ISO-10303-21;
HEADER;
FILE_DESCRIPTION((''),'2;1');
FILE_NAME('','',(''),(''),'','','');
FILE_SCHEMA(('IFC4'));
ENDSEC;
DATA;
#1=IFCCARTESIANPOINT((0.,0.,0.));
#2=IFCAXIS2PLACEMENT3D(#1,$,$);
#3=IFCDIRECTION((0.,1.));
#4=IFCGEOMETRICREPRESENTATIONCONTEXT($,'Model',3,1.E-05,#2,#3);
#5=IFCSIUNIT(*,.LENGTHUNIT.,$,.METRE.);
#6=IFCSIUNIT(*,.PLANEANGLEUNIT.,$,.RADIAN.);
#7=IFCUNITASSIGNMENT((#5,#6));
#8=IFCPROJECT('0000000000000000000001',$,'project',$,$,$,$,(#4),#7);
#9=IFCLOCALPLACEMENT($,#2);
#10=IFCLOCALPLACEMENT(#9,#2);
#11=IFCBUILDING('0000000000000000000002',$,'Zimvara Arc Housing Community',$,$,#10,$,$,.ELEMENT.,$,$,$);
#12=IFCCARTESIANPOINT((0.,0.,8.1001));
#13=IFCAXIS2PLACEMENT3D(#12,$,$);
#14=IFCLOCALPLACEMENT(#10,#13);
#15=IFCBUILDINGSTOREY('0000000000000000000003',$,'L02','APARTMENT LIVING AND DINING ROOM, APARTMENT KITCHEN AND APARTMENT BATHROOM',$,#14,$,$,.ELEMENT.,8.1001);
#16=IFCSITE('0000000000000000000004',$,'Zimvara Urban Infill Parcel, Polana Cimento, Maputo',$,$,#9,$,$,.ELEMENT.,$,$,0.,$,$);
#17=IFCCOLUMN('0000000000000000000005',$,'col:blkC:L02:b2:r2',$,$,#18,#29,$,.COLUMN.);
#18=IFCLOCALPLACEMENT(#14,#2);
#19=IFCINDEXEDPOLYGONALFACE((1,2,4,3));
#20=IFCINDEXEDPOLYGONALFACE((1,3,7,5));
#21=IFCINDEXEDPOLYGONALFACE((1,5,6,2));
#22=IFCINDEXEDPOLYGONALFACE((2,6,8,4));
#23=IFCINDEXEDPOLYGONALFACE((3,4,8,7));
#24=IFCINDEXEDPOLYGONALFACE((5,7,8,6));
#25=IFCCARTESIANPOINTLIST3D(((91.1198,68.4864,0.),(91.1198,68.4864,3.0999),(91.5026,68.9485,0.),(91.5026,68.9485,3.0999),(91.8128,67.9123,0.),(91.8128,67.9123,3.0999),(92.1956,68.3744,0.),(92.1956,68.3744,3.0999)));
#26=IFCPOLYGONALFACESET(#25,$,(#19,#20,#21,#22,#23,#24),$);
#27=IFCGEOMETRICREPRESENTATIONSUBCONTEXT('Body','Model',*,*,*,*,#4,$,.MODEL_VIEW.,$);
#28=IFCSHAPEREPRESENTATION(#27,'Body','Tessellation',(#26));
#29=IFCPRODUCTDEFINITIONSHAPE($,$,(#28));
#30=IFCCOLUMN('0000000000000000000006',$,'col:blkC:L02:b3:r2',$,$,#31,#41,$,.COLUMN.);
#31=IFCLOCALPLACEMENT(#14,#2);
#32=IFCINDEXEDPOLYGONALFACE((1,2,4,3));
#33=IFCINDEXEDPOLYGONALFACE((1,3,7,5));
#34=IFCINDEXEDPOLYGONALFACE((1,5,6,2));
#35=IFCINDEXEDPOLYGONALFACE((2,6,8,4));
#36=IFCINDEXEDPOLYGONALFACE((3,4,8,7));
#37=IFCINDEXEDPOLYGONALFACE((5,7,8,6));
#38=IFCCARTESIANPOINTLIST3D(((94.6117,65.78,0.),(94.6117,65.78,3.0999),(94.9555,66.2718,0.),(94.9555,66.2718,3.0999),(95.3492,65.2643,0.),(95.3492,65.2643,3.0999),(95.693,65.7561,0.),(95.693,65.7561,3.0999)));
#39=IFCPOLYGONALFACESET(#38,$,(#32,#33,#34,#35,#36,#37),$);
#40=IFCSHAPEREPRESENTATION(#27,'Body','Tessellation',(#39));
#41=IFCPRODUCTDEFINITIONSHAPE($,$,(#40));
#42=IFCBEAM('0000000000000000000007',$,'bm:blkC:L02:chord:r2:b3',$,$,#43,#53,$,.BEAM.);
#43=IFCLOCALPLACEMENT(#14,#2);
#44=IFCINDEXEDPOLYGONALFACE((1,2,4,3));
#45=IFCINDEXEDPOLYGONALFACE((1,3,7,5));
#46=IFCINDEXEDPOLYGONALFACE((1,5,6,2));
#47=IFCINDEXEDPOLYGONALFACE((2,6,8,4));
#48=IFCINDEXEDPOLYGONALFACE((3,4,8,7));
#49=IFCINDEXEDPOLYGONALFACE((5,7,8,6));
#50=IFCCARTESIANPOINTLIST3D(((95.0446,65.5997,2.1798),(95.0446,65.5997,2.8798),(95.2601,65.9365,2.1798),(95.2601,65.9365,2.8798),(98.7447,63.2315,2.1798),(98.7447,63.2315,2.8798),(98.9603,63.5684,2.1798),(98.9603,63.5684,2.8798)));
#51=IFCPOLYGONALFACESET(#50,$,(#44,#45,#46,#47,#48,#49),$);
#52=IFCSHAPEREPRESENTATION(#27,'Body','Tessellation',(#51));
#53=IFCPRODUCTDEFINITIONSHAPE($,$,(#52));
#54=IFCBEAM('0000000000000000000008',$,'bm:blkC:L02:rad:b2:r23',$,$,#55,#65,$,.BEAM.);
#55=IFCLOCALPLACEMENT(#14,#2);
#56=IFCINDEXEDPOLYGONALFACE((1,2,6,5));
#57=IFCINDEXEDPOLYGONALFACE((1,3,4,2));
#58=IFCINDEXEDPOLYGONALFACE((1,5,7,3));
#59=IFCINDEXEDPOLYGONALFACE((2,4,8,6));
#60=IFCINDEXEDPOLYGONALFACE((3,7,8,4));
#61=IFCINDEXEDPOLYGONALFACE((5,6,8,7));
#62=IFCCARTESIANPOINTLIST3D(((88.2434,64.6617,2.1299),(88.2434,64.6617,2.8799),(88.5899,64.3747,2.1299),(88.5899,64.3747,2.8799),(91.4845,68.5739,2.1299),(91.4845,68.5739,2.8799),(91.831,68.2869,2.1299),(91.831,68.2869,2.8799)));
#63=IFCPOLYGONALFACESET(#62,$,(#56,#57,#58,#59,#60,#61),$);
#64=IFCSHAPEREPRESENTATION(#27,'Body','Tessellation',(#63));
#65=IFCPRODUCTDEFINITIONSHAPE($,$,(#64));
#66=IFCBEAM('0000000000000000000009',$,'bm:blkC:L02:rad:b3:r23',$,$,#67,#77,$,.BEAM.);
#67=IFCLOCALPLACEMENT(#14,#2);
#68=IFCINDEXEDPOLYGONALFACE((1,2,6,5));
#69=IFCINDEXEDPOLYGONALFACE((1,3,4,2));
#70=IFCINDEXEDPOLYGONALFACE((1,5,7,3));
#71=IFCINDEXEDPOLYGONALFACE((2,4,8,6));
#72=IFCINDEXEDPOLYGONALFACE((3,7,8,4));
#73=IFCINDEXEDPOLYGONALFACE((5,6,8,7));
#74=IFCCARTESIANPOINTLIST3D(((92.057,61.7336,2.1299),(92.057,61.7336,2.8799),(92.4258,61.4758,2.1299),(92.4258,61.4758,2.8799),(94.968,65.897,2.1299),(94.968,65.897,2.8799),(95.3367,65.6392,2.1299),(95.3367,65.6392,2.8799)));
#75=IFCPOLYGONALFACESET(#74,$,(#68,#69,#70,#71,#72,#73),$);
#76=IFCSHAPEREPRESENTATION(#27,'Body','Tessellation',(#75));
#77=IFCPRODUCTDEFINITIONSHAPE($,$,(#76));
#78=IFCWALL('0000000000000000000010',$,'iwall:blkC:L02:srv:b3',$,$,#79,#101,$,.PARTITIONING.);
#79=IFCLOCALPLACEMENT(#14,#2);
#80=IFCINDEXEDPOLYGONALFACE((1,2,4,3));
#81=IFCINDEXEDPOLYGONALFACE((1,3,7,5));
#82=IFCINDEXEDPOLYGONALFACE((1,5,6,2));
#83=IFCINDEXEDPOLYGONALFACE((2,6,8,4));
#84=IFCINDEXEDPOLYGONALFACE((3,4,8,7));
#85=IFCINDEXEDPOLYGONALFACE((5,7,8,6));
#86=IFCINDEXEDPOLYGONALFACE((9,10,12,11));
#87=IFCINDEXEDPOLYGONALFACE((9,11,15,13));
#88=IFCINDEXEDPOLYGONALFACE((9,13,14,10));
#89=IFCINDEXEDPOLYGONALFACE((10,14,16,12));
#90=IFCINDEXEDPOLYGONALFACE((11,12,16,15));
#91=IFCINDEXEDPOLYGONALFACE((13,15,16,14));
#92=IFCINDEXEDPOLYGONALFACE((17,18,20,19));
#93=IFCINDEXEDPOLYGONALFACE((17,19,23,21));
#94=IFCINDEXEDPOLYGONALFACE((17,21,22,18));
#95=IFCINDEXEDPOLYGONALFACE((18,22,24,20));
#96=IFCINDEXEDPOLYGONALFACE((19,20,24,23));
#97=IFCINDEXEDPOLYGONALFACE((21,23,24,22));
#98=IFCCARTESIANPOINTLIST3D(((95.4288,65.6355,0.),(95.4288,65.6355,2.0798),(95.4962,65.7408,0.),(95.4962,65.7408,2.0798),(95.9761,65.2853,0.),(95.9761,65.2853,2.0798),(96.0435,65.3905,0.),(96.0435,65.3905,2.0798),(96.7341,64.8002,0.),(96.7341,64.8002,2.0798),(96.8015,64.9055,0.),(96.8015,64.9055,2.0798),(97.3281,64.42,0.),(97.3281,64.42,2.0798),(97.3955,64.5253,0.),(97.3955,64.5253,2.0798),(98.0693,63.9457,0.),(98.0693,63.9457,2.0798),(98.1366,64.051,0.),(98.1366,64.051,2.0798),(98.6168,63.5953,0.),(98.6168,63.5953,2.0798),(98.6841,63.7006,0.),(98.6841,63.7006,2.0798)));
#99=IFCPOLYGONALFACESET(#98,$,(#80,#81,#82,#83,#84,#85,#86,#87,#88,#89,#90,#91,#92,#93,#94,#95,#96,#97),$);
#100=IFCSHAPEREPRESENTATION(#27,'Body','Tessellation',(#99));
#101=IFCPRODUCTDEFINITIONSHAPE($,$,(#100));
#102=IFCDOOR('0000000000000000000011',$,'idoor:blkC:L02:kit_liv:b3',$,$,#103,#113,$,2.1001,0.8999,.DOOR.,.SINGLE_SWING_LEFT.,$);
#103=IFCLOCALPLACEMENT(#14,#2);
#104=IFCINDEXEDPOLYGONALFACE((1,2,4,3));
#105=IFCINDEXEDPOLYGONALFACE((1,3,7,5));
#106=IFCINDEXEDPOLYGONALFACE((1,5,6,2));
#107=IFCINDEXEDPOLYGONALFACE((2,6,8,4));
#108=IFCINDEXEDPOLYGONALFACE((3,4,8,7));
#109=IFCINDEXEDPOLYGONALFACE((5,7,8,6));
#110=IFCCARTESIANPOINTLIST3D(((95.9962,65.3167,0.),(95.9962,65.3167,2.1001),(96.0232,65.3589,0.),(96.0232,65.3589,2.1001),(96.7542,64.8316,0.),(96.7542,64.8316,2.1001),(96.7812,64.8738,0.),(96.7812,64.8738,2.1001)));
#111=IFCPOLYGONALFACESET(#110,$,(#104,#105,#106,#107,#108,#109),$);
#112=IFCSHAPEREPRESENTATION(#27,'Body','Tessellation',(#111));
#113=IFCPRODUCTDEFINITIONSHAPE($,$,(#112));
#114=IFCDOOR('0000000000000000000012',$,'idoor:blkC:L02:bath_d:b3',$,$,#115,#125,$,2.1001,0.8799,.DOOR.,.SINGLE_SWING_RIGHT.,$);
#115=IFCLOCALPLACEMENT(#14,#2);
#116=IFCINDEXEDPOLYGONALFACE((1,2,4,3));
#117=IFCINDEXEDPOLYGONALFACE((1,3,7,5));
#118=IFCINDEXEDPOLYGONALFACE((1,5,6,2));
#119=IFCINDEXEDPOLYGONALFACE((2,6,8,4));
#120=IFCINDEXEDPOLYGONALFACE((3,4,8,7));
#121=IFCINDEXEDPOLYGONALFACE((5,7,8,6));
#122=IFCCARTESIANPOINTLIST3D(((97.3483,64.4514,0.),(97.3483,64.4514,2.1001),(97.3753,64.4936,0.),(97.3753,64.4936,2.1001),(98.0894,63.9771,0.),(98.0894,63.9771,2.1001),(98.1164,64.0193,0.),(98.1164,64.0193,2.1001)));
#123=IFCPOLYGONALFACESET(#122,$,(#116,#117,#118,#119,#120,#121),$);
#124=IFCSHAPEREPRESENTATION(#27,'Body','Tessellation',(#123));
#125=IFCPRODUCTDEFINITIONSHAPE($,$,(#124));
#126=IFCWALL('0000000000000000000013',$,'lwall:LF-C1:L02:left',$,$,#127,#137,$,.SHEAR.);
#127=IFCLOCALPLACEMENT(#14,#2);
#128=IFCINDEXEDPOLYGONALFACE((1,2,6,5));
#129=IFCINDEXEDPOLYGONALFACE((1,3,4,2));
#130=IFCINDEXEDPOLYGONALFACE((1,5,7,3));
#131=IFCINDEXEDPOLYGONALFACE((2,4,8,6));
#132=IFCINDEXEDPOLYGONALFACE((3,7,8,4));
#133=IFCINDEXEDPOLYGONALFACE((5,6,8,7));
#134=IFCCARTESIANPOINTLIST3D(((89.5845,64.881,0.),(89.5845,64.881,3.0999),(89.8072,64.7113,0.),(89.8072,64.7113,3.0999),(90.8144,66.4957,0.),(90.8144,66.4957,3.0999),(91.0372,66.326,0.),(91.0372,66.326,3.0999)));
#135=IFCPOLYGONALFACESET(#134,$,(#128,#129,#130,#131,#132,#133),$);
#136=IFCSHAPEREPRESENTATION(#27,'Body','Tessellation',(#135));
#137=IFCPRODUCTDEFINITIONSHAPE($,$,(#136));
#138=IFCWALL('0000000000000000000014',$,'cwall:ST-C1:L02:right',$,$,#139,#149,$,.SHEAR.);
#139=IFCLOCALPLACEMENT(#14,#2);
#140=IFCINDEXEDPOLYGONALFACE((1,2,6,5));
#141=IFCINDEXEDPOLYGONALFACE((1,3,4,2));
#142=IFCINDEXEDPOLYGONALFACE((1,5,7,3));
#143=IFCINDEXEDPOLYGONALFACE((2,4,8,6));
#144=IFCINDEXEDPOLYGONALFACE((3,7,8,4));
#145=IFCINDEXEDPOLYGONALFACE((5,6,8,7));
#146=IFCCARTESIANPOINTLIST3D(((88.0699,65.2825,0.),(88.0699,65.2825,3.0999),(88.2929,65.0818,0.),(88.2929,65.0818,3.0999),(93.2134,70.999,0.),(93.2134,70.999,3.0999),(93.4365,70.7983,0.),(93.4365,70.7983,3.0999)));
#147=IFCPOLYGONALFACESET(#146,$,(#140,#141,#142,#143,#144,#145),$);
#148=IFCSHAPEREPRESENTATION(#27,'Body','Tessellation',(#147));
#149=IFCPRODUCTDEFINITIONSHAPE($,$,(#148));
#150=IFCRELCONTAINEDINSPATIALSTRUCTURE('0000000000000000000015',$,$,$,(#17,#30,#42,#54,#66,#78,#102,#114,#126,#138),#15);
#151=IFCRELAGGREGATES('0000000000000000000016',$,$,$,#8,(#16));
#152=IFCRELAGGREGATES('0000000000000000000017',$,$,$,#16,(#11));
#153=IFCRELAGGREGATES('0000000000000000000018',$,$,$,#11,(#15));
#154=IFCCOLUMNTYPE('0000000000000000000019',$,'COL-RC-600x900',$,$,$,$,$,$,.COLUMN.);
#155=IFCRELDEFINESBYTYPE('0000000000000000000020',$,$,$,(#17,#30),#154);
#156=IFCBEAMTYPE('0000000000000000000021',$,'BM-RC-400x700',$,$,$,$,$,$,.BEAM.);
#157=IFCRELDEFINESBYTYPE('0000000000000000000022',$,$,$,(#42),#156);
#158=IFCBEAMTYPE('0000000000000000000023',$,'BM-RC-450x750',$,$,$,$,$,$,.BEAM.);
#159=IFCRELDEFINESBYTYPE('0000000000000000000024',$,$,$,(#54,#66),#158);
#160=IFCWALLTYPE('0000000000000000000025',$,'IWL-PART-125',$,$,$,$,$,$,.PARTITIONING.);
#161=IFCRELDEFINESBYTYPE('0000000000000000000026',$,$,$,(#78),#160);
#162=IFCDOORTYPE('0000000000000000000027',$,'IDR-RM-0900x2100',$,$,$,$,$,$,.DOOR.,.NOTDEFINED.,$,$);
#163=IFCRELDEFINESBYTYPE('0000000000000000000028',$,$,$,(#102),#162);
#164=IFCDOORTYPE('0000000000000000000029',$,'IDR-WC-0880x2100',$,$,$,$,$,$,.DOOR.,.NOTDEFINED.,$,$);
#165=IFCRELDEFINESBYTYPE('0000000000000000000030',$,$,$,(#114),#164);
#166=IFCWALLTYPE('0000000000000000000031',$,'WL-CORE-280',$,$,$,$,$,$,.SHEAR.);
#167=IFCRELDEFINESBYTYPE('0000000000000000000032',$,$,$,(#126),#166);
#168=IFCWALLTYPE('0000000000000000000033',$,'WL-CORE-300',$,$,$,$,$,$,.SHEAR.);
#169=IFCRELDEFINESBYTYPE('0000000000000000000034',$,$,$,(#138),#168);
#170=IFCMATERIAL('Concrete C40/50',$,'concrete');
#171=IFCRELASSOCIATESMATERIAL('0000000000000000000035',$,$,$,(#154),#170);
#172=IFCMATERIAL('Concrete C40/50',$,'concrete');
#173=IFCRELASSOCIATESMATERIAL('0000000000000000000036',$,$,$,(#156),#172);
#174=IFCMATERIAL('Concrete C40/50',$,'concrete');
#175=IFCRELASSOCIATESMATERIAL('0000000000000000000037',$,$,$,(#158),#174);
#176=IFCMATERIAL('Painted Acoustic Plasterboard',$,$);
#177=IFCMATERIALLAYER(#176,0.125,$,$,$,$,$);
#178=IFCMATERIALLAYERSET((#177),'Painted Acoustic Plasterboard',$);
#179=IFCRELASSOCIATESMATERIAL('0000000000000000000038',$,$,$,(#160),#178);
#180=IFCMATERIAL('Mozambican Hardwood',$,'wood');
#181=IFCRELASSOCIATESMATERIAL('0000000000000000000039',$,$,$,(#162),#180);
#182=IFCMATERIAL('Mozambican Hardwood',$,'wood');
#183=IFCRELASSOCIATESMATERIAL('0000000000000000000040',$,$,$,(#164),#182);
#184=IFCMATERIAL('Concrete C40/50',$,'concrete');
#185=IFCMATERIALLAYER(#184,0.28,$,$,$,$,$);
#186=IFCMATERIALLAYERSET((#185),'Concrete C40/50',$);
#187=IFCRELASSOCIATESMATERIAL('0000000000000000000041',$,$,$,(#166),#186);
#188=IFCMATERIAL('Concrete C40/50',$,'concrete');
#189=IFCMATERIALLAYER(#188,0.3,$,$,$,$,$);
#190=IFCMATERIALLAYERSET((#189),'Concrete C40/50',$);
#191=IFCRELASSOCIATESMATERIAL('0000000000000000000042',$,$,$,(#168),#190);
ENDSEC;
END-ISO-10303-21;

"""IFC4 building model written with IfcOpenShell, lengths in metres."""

from ifc_helpers import new_model, si_unit, direction, frame, frame_2d, origin, origin_2d, place, context, subcontext, project, spatial, rectangle, extrude, material, layer, layer_set, material_profile, profile_set, type_object, element, fill, save


model = new_model("IFC4")

# Units and contexts
model_context = context("Model", 3, precision=1e-05, world=origin(), true_north=direction((0.0, 1.0)))
body_context = subcontext(model_context, "Body", "Model", "MODEL_VIEW")
ifc_project = project(units=[si_unit("LENGTHUNIT", "METRE"), si_unit("PLANEANGLEUNIT", "RADIAN")], contexts=[model_context])

# Site, building, storey
site_placement = place(None, origin())
site = spatial("IfcSite", under=ifc_project, at=site_placement, Name="Zimvara Urban Infill Parcel, Polana Cimento, Maputo", CompositionType="ELEMENT", RefElevation=0.0)
building_placement = place(site_placement, origin())
building = spatial("IfcBuilding", under=site, at=building_placement, Name="Zimvara Arc Housing Community", CompositionType="ELEMENT")
storey_placement = place(building_placement, frame((0.0, 0.0, 8.1001)))
storey = spatial("IfcBuildingStorey", under=building, at=storey_placement, Name="L02", Description="APARTMENT LIVING AND DINING ROOM, APARTMENT KITCHEN AND APARTMENT BATHROOM", CompositionType="ELEMENT", Elevation=8.1001)

# Columns
ifc_material_1 = material(Name="Concrete C40/50", Category="concrete")
ifc_material_profile_1 = material_profile(ifc_material_1, rectangle(XDim=0.6001, YDim=0.8999, at=origin_2d()), Name="RC 600x900")
ifc_profile_set_1 = profile_set([ifc_material_profile_1], Name="Concrete C40/50")
column_type = type_object("IfcColumnType", Name="COL-RC-600x900", PredefinedType="COLUMN", material=ifc_profile_set_1)
for number, where, z_axis, x_axis, name in (
    (1, (91.6577, 68.4304, 0.0), (0.0, 0.0, 1.0), (-0.637962, -0.770068, 0.0), "col:blkC:L02:b2:r2"),
    (2, (95.1523, 65.7681, 0.0), (0.0, 0.0, 1.0), (-0.573004, -0.819552, 0.0), "col:blkC:L02:b3:r2"),
):
    element("IfcColumn", number, at=place(storey_placement, frame(where, z_axis=z_axis, x_axis=x_axis)), inside=storey, type_object=column_type, Name=name, PredefinedType="COLUMN", context=body_context, shape_type="SweptSolid", body=[
        extrude(rectangle(XDim=0.6001, YDim=0.8999, at=origin_2d()), origin(), (0.0, 0.0, 1.0), 3.0999),
    ])

# Beams
ifc_material_2 = material(Name="Concrete C40/50", Category="concrete")
ifc_material_profile_2 = material_profile(ifc_material_2, rectangle(XDim=0.3999, YDim=0.7, at=origin_2d()), Name="RC 400x700")
ifc_profile_set_2 = profile_set([ifc_material_profile_2], Name="Concrete C40/50")
beam_type_1 = type_object("IfcBeamType", Name="BM-RC-400x700", PredefinedType="BEAM", material=ifc_profile_set_2)
beam_1_placement = place(storey_placement, frame((95.1523, 65.7681, 2.5298), z_axis=(0.842267, -0.53906, 0.0), x_axis=(0.53906, 0.842267, 0.0)))
element("IfcBeam", 3, at=beam_1_placement, inside=storey, type_object=beam_type_1, Name="bm:blkC:L02:chord:r2:b3", PredefinedType="BEAM", context=body_context, shape_type="SweptSolid", body=[
    extrude(rectangle(XDim=0.3999, YDim=0.7, at=origin_2d()), origin(), (0.0, 0.0, 1.0), 4.3931),
])
ifc_material_3 = material(Name="Concrete C40/50", Category="concrete")
ifc_material_profile_3 = material_profile(ifc_material_3, rectangle(XDim=0.45, YDim=0.75, at=origin_2d()), Name="RC 450x750")
ifc_profile_set_3 = profile_set([ifc_material_profile_3], Name="Concrete C40/50")
beam_type_2 = type_object("IfcBeamType", Name="BM-RC-450x750", PredefinedType="BEAM", material=ifc_profile_set_3)
beam_2_placement = place(storey_placement, frame((91.6577, 68.4304, 2.5049), z_axis=(-0.63796, -0.770069, 0.0), x_axis=(0.770069, -0.63796, 0.0)))
element("IfcBeam", 4, at=beam_2_placement, inside=storey, type_object=beam_type_2, Name="bm:blkC:L02:rad:b2:r23", PredefinedType="BEAM", context=body_context, shape_type="SweptSolid", body=[
    extrude(rectangle(XDim=0.45, YDim=0.75, at=origin_2d()), origin(), (0.0, 0.0, 1.0), 5.0803),
])
beam_3_placement = place(storey_placement, frame((95.1523, 65.7681, 2.5049), z_axis=(-0.573007, -0.81955, 0.0), x_axis=(0.81955, -0.573007, 0.0)))
element("IfcBeam", 5, at=beam_3_placement, inside=storey, type_object=beam_type_2, Name="bm:blkC:L02:rad:b3:r23", PredefinedType="BEAM", context=body_context, shape_type="SweptSolid", body=[
    extrude(rectangle(XDim=0.45, YDim=0.75, at=origin_2d()), origin(), (0.0, 0.0, 1.0), 5.0801),
])

# Wall, openings, doors
ifc_material_4 = material(Name="Painted Acoustic Plasterboard")
ifc_layer_1 = layer(ifc_material_4, 0.125)
ifc_layer_set_1 = layer_set([ifc_layer_1], Name="Painted Acoustic Plasterboard")
wall_type_1 = type_object("IfcWallType", Name="IWL-PART-125", PredefinedType="PARTITIONING", material=ifc_layer_set_1)
wall_1_placement = place(storey_placement, frame((95.4624, 65.6882, 0.0), z_axis=(0.0, 0.0, 1.0), x_axis=(0.842275, -0.539048, 0.0)))
wall_1 = element("IfcWall", 6, at=wall_1_placement, inside=storey, type_object=wall_type_1, Name="iwall:blkC:L02:srv:b3", PredefinedType="PARTITIONING", context=body_context, shape_type="SweptSolid", body=[
    extrude(rectangle(XDim=3.7849, YDim=0.125, at=frame_2d((1.8926, 0.0))), origin(), (0.0, 0.0, 1.0), 2.0798),
])
opening_1_placement = place(wall_1_placement, frame((0.6499, 0.0, 0.0)))
opening_1 = element("IfcOpeningElement", 7, at=opening_1_placement, cuts=wall_1, PredefinedType="OPENING", context=body_context, shape_type="SweptSolid", body=[
    extrude(rectangle(XDim=0.8999, YDim=2.1001, at=frame_2d((0.45, 1.05))), frame((0.0, 0.0725, 0.0), z_axis=(0.0, -1.0, 0.0), x_axis=(1.0, 0.0, 0.0)), (0.0, 0.0, 1.0), 0.145),
])
opening_2_placement = place(wall_1_placement, frame((2.2551, 0.0, 0.0)))
opening_2 = element("IfcOpeningElement", 8, at=opening_2_placement, cuts=wall_1, PredefinedType="OPENING", context=body_context, shape_type="SweptSolid", body=[
    extrude(rectangle(XDim=0.8799, YDim=2.1001, at=frame_2d((0.4399, 1.05))), frame((0.0, 0.0725, 0.0), z_axis=(0.0, -1.0, 0.0), x_axis=(1.0, 0.0, 0.0)), (0.0, 0.0, 1.0), 0.145),
])
ifc_material_5 = material(Name="Mozambican Hardwood", Category="wood")
door_type_1 = type_object("IfcDoorType", Name="IDR-RM-0900x2100", OperationType="NOTDEFINED", PredefinedType="DOOR", material=ifc_material_5)
door_1_placement = place(opening_1_placement, origin())
door_1 = element("IfcDoor", 9, at=door_1_placement, inside=storey, type_object=door_type_1, Name="idoor:blkC:L02:kit_liv:b3", OperationType="SINGLE_SWING_LEFT", OverallHeight=2.1001, OverallWidth=0.8999, PredefinedType="DOOR", context=body_context, shape_type="SweptSolid", body=[
    extrude(rectangle(XDim=0.8999, YDim=2.1001, at=frame_2d((0.45, 1.05))), frame((0.0, 0.0249, 0.0), z_axis=(0.0, -1.0, 0.0), x_axis=(1.0, 0.0, 0.0)), (0.0, 0.0, 1.0), 0.05),
])
fill(opening_1, door_1)
ifc_material_6 = material(Name="Mozambican Hardwood", Category="wood")
door_type_2 = type_object("IfcDoorType", Name="IDR-WC-0880x2100", OperationType="NOTDEFINED", PredefinedType="DOOR", material=ifc_material_6)
door_2_placement = place(opening_2_placement, origin())
door_2 = element("IfcDoor", 10, at=door_2_placement, inside=storey, type_object=door_type_2, Name="idoor:blkC:L02:bath_d:b3", OperationType="SINGLE_SWING_RIGHT", OverallHeight=2.1001, OverallWidth=0.8799, PredefinedType="DOOR", context=body_context, shape_type="SweptSolid", body=[
    extrude(rectangle(XDim=0.8799, YDim=2.1001, at=frame_2d((0.4399, 1.05))), frame((0.0, 0.0249, 0.0), z_axis=(0.0, -1.0, 0.0), x_axis=(1.0, 0.0, 0.0)), (0.0, 0.0, 1.0), 0.05),
])
fill(opening_2, door_2)

# Shared definitions
ifc_material_7 = material(Name="Concrete C40/50", Category="concrete")
ifc_layer_2 = layer(ifc_material_7, 0.28)
ifc_layer_set_2 = layer_set([ifc_layer_2], Name="Concrete C40/50")
wall_type_2 = type_object("IfcWallType", Name="WL-CORE-280", PredefinedType="SHEAR", material=ifc_layer_set_2)

# Walls
wall_2_placement = place(storey_placement, frame((90.9258, 66.4109, 0.0), z_axis=(0.0, 0.0, 1.0), x_axis=(-0.605949, -0.795504, 0.0)))
element("IfcWall", 11, at=wall_2_placement, inside=storey, type_object=wall_type_2, Name="lwall:LF-C1:L02:left", PredefinedType="SHEAR", context=body_context, shape_type="SweptSolid", body=[
    extrude(rectangle(XDim=2.0298, YDim=0.28, at=frame_2d((1.0149, 0.0))), origin(), (0.0, 0.0, 1.0), 3.0999),
])
ifc_material_8 = material(Name="Concrete C40/50", Category="concrete")
ifc_layer_3 = layer(ifc_material_8, 0.3)
ifc_layer_set_3 = layer_set([ifc_layer_3], Name="Concrete C40/50")
wall_type_3 = type_object("IfcWallType", Name="WL-CORE-300", PredefinedType="SHEAR", material=ifc_layer_set_3)
wall_3_placement = place(storey_placement, frame((93.325, 70.8987, 0.0), z_axis=(0.0, 0.0, 1.0), x_axis=(-0.668868, -0.743381, 0.0)))
element("IfcWall", 12, at=wall_3_placement, inside=storey, type_object=wall_type_3, Name="cwall:ST-C1:L02:right", PredefinedType="SHEAR", context=body_context, shape_type="SweptSolid", body=[
    extrude(rectangle(XDim=7.6899, YDim=0.3, at=frame_2d((3.845, 0.0))), origin(), (0.0, 0.0, 1.0), 3.0999),
])

save(model, "model.ifc")
